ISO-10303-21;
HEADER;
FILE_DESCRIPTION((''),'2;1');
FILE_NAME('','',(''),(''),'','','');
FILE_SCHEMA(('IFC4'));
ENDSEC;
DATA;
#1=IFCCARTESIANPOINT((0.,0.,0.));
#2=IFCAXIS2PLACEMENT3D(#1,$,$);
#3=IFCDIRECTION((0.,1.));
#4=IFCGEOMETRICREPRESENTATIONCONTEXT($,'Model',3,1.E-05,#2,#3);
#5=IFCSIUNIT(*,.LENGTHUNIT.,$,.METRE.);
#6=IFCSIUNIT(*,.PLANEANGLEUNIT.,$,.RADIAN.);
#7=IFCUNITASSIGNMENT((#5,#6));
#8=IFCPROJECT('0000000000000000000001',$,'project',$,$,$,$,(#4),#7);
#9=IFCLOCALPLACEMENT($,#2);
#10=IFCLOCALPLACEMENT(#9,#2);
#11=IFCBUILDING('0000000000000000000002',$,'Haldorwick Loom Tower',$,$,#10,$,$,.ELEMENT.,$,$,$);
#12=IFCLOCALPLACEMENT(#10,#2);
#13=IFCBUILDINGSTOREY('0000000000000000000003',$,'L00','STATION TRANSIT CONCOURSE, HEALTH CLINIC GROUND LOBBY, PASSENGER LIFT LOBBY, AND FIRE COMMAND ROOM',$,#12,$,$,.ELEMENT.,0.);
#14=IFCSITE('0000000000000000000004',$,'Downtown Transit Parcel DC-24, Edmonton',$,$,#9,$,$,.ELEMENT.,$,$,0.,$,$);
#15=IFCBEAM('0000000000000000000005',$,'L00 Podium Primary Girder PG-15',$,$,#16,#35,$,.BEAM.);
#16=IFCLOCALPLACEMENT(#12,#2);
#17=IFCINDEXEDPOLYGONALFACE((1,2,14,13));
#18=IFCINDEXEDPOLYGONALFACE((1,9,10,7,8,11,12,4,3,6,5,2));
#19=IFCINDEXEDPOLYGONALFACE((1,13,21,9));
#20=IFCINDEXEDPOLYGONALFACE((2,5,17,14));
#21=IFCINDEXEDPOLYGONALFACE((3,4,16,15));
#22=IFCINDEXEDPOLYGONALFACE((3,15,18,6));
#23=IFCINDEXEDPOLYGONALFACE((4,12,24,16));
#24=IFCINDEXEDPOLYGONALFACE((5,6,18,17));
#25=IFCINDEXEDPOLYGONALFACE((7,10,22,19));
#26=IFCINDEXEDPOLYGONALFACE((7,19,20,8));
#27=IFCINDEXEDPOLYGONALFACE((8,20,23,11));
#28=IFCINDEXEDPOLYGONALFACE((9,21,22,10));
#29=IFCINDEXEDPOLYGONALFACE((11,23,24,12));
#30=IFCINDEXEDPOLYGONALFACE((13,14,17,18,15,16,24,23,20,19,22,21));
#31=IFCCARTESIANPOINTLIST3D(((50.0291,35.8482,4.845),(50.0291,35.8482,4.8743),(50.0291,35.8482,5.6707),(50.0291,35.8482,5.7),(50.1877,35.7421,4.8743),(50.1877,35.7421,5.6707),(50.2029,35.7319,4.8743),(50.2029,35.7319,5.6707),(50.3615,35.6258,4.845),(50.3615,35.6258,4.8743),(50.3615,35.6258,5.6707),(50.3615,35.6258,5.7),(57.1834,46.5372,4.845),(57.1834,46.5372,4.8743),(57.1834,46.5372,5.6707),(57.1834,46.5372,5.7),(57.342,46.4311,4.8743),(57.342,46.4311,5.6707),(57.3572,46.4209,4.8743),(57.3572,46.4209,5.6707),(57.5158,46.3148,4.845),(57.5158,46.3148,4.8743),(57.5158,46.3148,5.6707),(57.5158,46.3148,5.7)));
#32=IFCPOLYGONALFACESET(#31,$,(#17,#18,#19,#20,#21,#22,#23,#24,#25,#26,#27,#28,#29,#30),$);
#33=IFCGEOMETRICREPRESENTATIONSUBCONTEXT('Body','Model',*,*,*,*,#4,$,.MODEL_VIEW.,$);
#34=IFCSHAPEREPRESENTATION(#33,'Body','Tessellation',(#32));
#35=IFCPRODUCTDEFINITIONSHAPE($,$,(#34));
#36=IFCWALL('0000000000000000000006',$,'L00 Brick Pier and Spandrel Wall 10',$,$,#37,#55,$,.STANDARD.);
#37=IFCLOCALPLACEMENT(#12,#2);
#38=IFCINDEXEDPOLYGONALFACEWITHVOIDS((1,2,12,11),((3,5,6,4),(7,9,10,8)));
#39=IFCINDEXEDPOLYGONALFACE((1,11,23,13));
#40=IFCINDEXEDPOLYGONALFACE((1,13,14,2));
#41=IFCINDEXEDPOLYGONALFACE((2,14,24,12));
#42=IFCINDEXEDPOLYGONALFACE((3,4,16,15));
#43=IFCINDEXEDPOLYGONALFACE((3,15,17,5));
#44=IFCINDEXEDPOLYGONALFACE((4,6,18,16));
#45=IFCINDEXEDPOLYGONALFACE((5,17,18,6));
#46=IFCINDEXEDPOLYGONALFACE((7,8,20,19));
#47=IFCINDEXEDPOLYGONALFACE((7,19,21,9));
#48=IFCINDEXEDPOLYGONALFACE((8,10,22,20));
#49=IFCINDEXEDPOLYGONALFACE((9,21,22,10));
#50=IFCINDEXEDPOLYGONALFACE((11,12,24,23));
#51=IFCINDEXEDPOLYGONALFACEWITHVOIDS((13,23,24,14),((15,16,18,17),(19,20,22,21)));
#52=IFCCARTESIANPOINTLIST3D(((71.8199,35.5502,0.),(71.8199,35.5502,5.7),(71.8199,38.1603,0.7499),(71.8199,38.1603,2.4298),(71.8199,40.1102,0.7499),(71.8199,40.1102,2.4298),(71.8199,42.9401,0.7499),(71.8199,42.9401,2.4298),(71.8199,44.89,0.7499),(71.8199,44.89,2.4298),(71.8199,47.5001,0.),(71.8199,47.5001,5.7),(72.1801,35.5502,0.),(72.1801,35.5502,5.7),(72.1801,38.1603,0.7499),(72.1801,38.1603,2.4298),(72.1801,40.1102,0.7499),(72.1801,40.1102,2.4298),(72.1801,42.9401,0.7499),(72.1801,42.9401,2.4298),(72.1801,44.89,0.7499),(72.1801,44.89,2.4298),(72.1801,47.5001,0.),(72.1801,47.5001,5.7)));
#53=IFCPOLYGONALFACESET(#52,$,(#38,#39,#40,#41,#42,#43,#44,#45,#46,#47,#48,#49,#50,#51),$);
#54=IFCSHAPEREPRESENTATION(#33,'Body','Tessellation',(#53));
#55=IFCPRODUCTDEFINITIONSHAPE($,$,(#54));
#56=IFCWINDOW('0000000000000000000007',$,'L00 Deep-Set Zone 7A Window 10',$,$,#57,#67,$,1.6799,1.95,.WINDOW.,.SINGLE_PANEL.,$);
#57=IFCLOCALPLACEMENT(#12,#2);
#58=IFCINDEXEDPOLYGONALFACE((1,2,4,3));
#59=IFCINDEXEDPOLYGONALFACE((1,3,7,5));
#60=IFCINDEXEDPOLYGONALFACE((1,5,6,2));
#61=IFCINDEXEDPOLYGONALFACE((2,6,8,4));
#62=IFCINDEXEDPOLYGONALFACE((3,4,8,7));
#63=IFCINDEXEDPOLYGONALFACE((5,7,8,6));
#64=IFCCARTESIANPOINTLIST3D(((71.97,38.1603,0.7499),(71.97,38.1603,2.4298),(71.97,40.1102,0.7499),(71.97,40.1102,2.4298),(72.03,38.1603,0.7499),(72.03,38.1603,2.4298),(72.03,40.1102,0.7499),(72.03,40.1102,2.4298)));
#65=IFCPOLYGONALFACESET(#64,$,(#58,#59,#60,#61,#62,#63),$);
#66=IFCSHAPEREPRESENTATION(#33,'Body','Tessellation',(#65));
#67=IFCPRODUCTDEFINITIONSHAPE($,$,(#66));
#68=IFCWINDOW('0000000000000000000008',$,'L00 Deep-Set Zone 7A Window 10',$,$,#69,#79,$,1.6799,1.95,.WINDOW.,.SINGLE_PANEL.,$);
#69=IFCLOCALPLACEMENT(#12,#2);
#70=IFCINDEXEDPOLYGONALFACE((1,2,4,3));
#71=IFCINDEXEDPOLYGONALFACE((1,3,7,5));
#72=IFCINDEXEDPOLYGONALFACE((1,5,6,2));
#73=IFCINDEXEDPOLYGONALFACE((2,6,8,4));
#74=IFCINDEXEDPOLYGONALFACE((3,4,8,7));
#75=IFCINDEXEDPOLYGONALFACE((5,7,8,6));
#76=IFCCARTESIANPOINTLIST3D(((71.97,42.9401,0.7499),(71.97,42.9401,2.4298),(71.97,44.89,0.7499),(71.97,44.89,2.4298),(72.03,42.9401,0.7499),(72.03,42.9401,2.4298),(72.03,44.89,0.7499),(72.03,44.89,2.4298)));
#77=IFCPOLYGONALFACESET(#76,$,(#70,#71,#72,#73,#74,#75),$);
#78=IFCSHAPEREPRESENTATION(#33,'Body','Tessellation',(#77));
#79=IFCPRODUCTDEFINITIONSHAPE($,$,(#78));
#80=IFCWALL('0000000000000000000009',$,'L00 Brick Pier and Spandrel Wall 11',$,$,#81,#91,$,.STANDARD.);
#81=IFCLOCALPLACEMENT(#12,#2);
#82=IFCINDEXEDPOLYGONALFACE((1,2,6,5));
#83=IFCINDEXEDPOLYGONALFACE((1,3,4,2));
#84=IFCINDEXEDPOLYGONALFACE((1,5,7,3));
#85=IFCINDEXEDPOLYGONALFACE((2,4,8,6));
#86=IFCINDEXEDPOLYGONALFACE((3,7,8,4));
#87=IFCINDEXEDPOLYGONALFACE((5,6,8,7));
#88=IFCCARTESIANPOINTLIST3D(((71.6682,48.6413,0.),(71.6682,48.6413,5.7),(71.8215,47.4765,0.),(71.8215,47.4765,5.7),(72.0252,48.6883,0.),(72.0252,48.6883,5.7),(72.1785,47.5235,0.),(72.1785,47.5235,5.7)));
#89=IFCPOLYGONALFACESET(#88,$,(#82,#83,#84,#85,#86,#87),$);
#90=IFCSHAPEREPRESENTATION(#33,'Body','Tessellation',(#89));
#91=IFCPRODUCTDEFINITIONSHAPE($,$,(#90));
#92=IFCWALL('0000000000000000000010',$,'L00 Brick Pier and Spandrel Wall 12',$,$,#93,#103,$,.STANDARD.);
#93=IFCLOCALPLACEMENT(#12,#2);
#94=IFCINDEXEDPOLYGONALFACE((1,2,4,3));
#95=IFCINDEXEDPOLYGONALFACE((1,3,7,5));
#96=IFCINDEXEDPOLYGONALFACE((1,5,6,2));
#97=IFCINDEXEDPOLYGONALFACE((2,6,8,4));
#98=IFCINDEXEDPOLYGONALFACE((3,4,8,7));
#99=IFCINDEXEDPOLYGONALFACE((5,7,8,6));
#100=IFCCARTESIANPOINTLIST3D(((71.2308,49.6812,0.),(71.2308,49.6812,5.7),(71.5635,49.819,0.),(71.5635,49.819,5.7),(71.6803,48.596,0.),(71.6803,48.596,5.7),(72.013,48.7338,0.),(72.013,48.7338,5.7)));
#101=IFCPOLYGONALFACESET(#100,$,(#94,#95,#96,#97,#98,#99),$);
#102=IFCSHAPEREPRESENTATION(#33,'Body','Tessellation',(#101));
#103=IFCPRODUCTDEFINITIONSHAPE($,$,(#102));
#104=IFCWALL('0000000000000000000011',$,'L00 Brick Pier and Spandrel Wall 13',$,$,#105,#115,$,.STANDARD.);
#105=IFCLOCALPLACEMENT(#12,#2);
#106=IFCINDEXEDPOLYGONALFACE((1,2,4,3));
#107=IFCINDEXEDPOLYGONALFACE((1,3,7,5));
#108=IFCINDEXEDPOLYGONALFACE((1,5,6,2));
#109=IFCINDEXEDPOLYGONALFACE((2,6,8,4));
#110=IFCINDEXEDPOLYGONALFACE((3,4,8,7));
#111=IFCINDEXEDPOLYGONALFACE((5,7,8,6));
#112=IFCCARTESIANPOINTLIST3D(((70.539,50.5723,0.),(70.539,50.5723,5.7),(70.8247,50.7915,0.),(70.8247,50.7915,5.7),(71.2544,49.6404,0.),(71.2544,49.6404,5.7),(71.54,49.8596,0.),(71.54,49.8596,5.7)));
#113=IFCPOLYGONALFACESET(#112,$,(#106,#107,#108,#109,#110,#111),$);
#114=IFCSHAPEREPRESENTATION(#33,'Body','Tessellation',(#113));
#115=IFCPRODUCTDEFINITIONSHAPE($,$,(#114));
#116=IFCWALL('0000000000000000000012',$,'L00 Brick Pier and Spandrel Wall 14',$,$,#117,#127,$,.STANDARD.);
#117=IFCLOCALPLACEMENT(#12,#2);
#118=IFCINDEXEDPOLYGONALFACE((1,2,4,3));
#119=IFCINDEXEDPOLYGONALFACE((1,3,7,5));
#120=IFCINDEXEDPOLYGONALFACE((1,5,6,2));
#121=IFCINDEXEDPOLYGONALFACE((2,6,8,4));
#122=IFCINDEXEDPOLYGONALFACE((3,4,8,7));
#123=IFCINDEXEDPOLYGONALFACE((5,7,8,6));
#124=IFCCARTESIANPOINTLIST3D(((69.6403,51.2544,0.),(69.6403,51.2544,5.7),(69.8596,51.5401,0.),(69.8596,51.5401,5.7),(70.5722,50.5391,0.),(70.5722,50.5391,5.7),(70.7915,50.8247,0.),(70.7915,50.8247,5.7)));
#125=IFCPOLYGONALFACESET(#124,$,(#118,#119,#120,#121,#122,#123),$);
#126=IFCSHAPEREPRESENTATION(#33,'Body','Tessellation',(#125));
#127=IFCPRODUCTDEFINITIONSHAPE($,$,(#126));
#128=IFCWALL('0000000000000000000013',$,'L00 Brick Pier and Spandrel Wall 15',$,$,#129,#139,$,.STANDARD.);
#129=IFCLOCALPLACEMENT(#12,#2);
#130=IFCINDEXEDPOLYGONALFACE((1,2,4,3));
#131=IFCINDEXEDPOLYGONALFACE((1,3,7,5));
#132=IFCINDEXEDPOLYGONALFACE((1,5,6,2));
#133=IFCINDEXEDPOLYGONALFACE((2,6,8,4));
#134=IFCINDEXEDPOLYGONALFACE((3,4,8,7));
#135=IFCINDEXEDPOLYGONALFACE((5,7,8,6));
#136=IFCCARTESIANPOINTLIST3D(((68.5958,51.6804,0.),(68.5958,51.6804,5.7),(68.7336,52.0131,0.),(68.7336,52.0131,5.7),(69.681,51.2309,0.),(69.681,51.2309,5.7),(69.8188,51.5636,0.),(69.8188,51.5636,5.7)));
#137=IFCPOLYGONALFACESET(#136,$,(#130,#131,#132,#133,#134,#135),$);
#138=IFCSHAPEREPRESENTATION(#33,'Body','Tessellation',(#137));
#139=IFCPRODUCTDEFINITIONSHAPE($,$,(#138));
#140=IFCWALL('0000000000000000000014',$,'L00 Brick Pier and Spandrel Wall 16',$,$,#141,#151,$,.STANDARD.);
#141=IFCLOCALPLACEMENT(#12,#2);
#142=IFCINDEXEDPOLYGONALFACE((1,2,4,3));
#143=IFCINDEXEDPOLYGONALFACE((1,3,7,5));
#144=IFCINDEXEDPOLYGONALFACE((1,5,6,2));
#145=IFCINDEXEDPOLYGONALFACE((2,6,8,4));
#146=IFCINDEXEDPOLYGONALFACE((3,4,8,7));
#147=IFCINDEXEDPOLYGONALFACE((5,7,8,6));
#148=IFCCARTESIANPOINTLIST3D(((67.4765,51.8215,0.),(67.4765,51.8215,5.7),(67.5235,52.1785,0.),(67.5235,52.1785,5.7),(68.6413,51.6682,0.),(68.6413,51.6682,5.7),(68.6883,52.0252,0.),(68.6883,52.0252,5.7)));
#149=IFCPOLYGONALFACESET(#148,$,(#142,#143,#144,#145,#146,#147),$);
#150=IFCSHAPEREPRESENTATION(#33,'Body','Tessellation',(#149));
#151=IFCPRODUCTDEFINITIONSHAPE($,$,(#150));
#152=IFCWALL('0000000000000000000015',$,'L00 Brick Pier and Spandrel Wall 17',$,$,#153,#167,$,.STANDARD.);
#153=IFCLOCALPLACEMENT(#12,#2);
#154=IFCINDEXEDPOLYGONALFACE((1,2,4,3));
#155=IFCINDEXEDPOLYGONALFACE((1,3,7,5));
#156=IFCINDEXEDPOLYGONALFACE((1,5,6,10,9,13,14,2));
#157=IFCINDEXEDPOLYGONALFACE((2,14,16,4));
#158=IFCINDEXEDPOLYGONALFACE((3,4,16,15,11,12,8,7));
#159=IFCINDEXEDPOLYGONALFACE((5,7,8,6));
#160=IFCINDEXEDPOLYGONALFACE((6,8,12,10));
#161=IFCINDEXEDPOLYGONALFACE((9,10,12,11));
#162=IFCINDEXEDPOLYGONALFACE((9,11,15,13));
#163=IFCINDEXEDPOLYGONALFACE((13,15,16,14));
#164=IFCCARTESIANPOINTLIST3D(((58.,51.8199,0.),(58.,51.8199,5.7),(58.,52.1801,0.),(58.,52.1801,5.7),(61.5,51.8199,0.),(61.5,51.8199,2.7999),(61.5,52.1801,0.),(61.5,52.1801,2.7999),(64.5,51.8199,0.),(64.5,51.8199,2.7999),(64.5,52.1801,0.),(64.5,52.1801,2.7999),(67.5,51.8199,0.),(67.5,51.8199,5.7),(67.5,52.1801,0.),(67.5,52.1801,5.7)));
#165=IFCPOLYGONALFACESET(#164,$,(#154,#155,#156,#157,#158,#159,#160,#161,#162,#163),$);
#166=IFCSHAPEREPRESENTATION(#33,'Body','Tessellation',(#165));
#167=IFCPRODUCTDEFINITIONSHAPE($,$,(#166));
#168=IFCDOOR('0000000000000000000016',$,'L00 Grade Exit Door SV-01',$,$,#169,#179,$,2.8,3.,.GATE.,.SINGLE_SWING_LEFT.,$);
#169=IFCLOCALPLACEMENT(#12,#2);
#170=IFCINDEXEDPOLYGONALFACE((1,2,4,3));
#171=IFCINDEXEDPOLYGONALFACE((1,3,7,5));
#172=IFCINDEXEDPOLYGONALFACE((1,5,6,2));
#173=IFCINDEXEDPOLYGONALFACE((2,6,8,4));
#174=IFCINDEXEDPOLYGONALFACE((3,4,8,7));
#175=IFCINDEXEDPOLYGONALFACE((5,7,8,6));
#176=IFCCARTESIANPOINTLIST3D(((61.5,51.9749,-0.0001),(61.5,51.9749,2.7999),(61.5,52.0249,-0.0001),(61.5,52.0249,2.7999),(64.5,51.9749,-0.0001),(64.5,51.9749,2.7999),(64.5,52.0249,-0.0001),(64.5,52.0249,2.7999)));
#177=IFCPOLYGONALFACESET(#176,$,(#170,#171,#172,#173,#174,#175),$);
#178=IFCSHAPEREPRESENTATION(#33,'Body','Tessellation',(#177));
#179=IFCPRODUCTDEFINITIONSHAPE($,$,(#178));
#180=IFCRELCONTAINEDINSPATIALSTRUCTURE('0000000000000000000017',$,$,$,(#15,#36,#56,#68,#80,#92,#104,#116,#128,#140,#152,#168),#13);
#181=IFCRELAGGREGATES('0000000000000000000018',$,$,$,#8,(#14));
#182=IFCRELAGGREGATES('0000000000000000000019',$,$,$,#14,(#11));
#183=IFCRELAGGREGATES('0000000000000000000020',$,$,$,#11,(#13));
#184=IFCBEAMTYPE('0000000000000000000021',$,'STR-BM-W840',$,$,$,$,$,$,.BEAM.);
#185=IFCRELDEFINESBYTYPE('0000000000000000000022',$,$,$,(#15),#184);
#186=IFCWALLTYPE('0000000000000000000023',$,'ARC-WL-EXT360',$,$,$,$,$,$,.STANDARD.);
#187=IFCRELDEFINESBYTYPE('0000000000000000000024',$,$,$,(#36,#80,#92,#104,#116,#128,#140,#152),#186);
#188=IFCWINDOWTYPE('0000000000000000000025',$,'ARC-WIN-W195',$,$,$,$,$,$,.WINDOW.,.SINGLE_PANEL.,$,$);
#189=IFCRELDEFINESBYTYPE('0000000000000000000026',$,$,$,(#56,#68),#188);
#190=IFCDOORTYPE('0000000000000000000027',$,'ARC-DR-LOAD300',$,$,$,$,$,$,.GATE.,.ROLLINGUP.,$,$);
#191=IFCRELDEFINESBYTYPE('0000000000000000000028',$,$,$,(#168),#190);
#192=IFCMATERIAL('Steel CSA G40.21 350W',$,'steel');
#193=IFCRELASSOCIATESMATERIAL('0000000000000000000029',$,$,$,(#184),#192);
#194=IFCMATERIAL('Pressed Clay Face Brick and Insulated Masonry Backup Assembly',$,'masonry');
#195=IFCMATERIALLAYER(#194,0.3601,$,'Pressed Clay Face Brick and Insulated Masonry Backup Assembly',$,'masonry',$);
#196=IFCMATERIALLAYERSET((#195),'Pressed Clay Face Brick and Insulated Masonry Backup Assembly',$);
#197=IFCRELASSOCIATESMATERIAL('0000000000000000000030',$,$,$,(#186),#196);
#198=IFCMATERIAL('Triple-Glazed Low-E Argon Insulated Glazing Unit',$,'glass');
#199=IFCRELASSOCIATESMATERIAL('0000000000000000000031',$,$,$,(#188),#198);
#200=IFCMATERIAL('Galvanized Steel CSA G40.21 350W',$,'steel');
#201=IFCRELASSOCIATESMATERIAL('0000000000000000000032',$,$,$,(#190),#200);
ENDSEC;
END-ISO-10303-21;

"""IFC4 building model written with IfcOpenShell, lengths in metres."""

from ifc_helpers import new_model, si_unit, direction, frame, frame_2d, origin, origin_2d, place, context, subcontext, project, spatial, rectangle, i_section, extrude, material, layer, layer_set, material_profile, profile_set, type_object, element, fill, save


model = new_model("IFC4")

# Units and contexts
model_context = context("Model", 3, precision=1e-05, world=origin(), true_north=direction((0.0, 1.0)))
body_context = subcontext(model_context, "Body", "Model", "MODEL_VIEW")
ifc_project = project(units=[si_unit("LENGTHUNIT", "METRE"), si_unit("PLANEANGLEUNIT", "RADIAN")], contexts=[model_context])

# Site, building, storey
site_placement = place(None, origin())
site = spatial("IfcSite", under=ifc_project, at=site_placement, Name="Downtown Transit Parcel DC-24, Edmonton", CompositionType="ELEMENT", RefElevation=0.0)
building_placement = place(site_placement, origin())
building = spatial("IfcBuilding", under=site, at=building_placement, Name="Haldorwick Loom Tower", CompositionType="ELEMENT")
storey_placement = place(building_placement, origin())
storey = spatial("IfcBuildingStorey", under=building, at=storey_placement, Name="L00", Description="STATION TRANSIT CONCOURSE, HEALTH CLINIC GROUND LOBBY, PASSENGER LIFT LOBBY, AND FIRE COMMAND ROOM", CompositionType="ELEMENT", Elevation=0.0)

# Shared definitions
ifc_material_1 = material(Name="Steel CSA G40.21 350W", Category="steel")

# Beam
ifc_material_profile_1 = material_profile(ifc_material_1, i_section(OverallWidth=0.3999, OverallDepth=0.855, WebThickness=0.0183, FlangeThickness=0.0293, at=origin_2d()), Name="W840X299", Category="steel")
ifc_profile_set_1 = profile_set([ifc_material_profile_1], Name="Steel CSA G40.21 350W")
beam_type_1 = type_object("IfcBeamType", Name="STR-BM-W840", PredefinedType="BEAM", material=ifc_profile_set_1)
beam_1_placement = place(storey_placement, frame((57.3496, 46.426, 5.2725), z_axis=(-0.556224, -0.831033, 0.0), x_axis=(0.831033, -0.556224, 0.0)))
element("IfcBeam", 1, at=beam_1_placement, inside=storey, type_object=beam_type_1, Name="L00 Podium Primary Girder PG-15", PredefinedType="BEAM", context=body_context, shape_type="SweptSolid", body=[
    extrude(i_section(OverallWidth=0.3999, OverallDepth=0.855, WebThickness=0.0183, FlangeThickness=0.0293, at=origin_2d()), origin(), (0.0, 0.0, 1.0), 12.8623),
])

# Wall, openings, windows
ifc_material_2 = material(Name="Pressed Clay Face Brick and Insulated Masonry Backup Assembly", Category="masonry")
ifc_layer_1 = layer(ifc_material_2, 0.3601, Name="Pressed Clay Face Brick and Insulated Masonry Backup Assembly", Category="masonry")
ifc_layer_set_1 = layer_set([ifc_layer_1], Name="Pressed Clay Face Brick and Insulated Masonry Backup Assembly")
wall_type = type_object("IfcWallType", Name="ARC-WL-EXT360", PredefinedType="STANDARD", material=ifc_layer_set_1)
wall_1_placement = place(storey_placement, frame((72.0, 35.55, 0.0), z_axis=(0.0, 0.0, 1.0), x_axis=(0.0, 1.0, 0.0)))
wall_1 = element("IfcWall", 2, at=wall_1_placement, inside=storey, type_object=wall_type, Name="L00 Brick Pier and Spandrel Wall 10", PredefinedType="STANDARD", context=body_context, shape_type="SweptSolid", body=[
    extrude(rectangle(XDim=11.95, YDim=0.3601, at=frame_2d((5.9751, 0.0))), origin(), (0.0, 0.0, 1.0), 5.7),
])
opening_1_placement = place(wall_1_placement, frame((2.6101, 0.0, 0.75)))
opening_1 = element("IfcOpeningElement", 3, at=opening_1_placement, cuts=wall_1, PredefinedType="OPENING", context=body_context, shape_type="SweptSolid", body=[
    extrude(rectangle(XDim=1.95, YDim=1.6799, at=frame_2d((0.9751, 0.8398))), frame((0.0, 0.1899, 0.0), z_axis=(0.0, -1.0, 0.0), x_axis=(1.0, 0.0, 0.0)), (0.0, 0.0, 1.0), 0.3801),
])
opening_2_placement = place(wall_1_placement, frame((7.3899, 0.0, 0.75)))
opening_2 = element("IfcOpeningElement", 4, at=opening_2_placement, cuts=wall_1, PredefinedType="OPENING", context=body_context, shape_type="SweptSolid", body=[
    extrude(rectangle(XDim=1.95, YDim=1.6799, at=frame_2d((0.9751, 0.8398))), frame((0.0, 0.1899, 0.0), z_axis=(0.0, -1.0, 0.0), x_axis=(1.0, 0.0, 0.0)), (0.0, 0.0, 1.0), 0.3801),
])
ifc_material_3 = material(Name="Triple-Glazed Low-E Argon Insulated Glazing Unit", Category="glass")
window_type = type_object("IfcWindowType", Name="ARC-WIN-W195", PartitioningType="SINGLE_PANEL", PredefinedType="WINDOW", material=ifc_material_3)
window_1_placement = place(opening_1_placement, origin())
window_1 = element("IfcWindow", 5, at=window_1_placement, inside=storey, type_object=window_type, Name="L00 Deep-Set Zone 7A Window 10", OverallHeight=1.6799, OverallWidth=1.95, PartitioningType="SINGLE_PANEL", PredefinedType="WINDOW", context=body_context, shape_type="SweptSolid", body=[
    extrude(rectangle(XDim=1.95, YDim=1.6799, at=frame_2d((0.9751, 0.8398))), frame((0.0, 0.03, 0.0), z_axis=(0.0, -1.0, 0.0), x_axis=(1.0, 0.0, 0.0)), (0.0, 0.0, 1.0), 0.0601),
])
fill(opening_1, window_1)
window_2_placement = place(opening_2_placement, origin())
window_2 = element("IfcWindow", 6, at=window_2_placement, inside=storey, type_object=window_type, Name="L00 Deep-Set Zone 7A Window 10", OverallHeight=1.6799, OverallWidth=1.95, PartitioningType="SINGLE_PANEL", PredefinedType="WINDOW", context=body_context, shape_type="SweptSolid", body=[
    extrude(rectangle(XDim=1.95, YDim=1.6799, at=frame_2d((0.9751, 0.8398))), frame((0.0, 0.03, 0.0), z_axis=(0.0, -1.0, 0.0), x_axis=(1.0, 0.0, 0.0)), (0.0, 0.0, 1.0), 0.0601),
])
fill(opening_2, window_2)

# Walls
wall_2_placement = place(storey_placement, frame((72.0, 47.5, 0.0), z_axis=(0.0, 0.0, 1.0), x_axis=(-0.130503, 0.991448, 0.0)))
element("IfcWall", 7, at=wall_2_placement, inside=storey, type_object=wall_type, Name="L00 Brick Pier and Spandrel Wall 11", PredefinedType="STANDARD", context=body_context, shape_type="SweptSolid", body=[
    extrude(rectangle(XDim=1.1748, YDim=0.3601, at=frame_2d((0.5874, 0.0))), origin(), (0.0, 0.0, 1.0), 5.7),
])
wall_3_placement = place(storey_placement, frame((71.8467, 48.6648, 0.0), z_axis=(0.0, 0.0, 1.0), x_axis=(-0.382652, 0.923893, 0.0)))
element("IfcWall", 8, at=wall_3_placement, inside=storey, type_object=wall_type, Name="L00 Brick Pier and Spandrel Wall 12", PredefinedType="STANDARD", context=body_context, shape_type="SweptSolid", body=[
    extrude(rectangle(XDim=1.1746, YDim=0.3601, at=frame_2d((0.5874, 0.0))), origin(), (0.0, 0.0, 1.0), 5.7),
])
for number, where, z_axis, x_axis, name in (
    (9, (71.3972, 49.75, 0.0), (0.0, 0.0, 1.0), (-0.608907, 0.793242, 0.0), "L00 Brick Pier and Spandrel Wall 13"),
    (10, (70.6819, 50.6819, 0.0), (0.0, 0.0, 1.0), (-0.793242, 0.608907, 0.0), "L00 Brick Pier and Spandrel Wall 14"),
):
    element("IfcWall", number, at=place(storey_placement, frame(where, z_axis=z_axis, x_axis=x_axis)), inside=storey, type_object=wall_type, Name=name, PredefinedType="STANDARD", context=body_context, shape_type="SweptSolid", body=[
        extrude(rectangle(XDim=1.1748, YDim=0.3601, at=frame_2d((0.5874, 0.0))), origin(), (0.0, 0.0, 1.0), 5.7),
    ])
wall_4_placement = place(storey_placement, frame((69.75, 51.3972, 0.0), z_axis=(0.0, 0.0, 1.0), x_axis=(-0.923893, 0.382652, 0.0)))
element("IfcWall", 11, at=wall_4_placement, inside=storey, type_object=wall_type, Name="L00 Brick Pier and Spandrel Wall 15", PredefinedType="STANDARD", context=body_context, shape_type="SweptSolid", body=[
    extrude(rectangle(XDim=1.1746, YDim=0.3601, at=frame_2d((0.5874, 0.0))), origin(), (0.0, 0.0, 1.0), 5.7),
])
wall_5_placement = place(storey_placement, frame((68.6648, 51.8467, 0.0), z_axis=(0.0, 0.0, 1.0), x_axis=(-0.991448, 0.130503, 0.0)))
element("IfcWall", 12, at=wall_5_placement, inside=storey, type_object=wall_type, Name="L00 Brick Pier and Spandrel Wall 16", PredefinedType="STANDARD", context=body_context, shape_type="SweptSolid", body=[
    extrude(rectangle(XDim=1.1748, YDim=0.3601, at=frame_2d((0.5874, 0.0))), origin(), (0.0, 0.0, 1.0), 5.7),
])

# Wall, opening, door
wall_6_placement = place(storey_placement, frame((67.5, 52.0, 0.0), z_axis=(0.0, 0.0, 1.0), x_axis=(-1.0, 0.0, 0.0)))
wall_6 = element("IfcWall", 13, at=wall_6_placement, inside=storey, type_object=wall_type, Name="L00 Brick Pier and Spandrel Wall 17", PredefinedType="STANDARD", context=body_context, shape_type="SweptSolid", body=[
    extrude(rectangle(XDim=9.5, YDim=0.3601, at=frame_2d((4.75, 0.0))), origin(), (0.0, 0.0, 1.0), 5.7),
])
opening_3_placement = place(wall_6_placement, frame((3.0, 0.0, 0.0)))
opening_3 = element("IfcOpeningElement", 14, at=opening_3_placement, cuts=wall_6, PredefinedType="OPENING", context=body_context, shape_type="SweptSolid", body=[
    extrude(rectangle(XDim=3.0, YDim=2.8, at=frame_2d((1.5, 1.3999))), frame((0.0, 0.1899, 0.0), z_axis=(0.0, -1.0, 0.0), x_axis=(1.0, 0.0, 0.0)), (0.0, 0.0, 1.0), 0.3801),
])
ifc_material_4 = material(Name="Galvanized Steel CSA G40.21 350W", Category="steel")
door_type_1 = type_object("IfcDoorType", Name="ARC-DR-LOAD300", OperationType="ROLLINGUP", PredefinedType="GATE", material=ifc_material_4)
door_1_placement = place(opening_3_placement, frame((3.0, 0.0, 0.0), z_axis=(0.0, 0.0, 1.0), x_axis=(-1.0, 0.0, 0.0)))
door_1 = element("IfcDoor", 15, at=door_1_placement, inside=storey, type_object=door_type_1, Name="L00 Grade Exit Door SV-01", OperationType="SINGLE_SWING_LEFT", OverallHeight=2.8, OverallWidth=3.0, PredefinedType="GATE", context=body_context, shape_type="SweptSolid", body=[
    extrude(rectangle(XDim=3.0, YDim=2.8, at=frame_2d((1.5, 1.3999))), frame((0.0, 0.0249, 0.0), z_axis=(0.0, -1.0, 0.0), x_axis=(1.0, 0.0, 0.0)), (0.0, 0.0, 1.0), 0.05),
])
fill(opening_3, door_1)

save(model, "model.ifc")
